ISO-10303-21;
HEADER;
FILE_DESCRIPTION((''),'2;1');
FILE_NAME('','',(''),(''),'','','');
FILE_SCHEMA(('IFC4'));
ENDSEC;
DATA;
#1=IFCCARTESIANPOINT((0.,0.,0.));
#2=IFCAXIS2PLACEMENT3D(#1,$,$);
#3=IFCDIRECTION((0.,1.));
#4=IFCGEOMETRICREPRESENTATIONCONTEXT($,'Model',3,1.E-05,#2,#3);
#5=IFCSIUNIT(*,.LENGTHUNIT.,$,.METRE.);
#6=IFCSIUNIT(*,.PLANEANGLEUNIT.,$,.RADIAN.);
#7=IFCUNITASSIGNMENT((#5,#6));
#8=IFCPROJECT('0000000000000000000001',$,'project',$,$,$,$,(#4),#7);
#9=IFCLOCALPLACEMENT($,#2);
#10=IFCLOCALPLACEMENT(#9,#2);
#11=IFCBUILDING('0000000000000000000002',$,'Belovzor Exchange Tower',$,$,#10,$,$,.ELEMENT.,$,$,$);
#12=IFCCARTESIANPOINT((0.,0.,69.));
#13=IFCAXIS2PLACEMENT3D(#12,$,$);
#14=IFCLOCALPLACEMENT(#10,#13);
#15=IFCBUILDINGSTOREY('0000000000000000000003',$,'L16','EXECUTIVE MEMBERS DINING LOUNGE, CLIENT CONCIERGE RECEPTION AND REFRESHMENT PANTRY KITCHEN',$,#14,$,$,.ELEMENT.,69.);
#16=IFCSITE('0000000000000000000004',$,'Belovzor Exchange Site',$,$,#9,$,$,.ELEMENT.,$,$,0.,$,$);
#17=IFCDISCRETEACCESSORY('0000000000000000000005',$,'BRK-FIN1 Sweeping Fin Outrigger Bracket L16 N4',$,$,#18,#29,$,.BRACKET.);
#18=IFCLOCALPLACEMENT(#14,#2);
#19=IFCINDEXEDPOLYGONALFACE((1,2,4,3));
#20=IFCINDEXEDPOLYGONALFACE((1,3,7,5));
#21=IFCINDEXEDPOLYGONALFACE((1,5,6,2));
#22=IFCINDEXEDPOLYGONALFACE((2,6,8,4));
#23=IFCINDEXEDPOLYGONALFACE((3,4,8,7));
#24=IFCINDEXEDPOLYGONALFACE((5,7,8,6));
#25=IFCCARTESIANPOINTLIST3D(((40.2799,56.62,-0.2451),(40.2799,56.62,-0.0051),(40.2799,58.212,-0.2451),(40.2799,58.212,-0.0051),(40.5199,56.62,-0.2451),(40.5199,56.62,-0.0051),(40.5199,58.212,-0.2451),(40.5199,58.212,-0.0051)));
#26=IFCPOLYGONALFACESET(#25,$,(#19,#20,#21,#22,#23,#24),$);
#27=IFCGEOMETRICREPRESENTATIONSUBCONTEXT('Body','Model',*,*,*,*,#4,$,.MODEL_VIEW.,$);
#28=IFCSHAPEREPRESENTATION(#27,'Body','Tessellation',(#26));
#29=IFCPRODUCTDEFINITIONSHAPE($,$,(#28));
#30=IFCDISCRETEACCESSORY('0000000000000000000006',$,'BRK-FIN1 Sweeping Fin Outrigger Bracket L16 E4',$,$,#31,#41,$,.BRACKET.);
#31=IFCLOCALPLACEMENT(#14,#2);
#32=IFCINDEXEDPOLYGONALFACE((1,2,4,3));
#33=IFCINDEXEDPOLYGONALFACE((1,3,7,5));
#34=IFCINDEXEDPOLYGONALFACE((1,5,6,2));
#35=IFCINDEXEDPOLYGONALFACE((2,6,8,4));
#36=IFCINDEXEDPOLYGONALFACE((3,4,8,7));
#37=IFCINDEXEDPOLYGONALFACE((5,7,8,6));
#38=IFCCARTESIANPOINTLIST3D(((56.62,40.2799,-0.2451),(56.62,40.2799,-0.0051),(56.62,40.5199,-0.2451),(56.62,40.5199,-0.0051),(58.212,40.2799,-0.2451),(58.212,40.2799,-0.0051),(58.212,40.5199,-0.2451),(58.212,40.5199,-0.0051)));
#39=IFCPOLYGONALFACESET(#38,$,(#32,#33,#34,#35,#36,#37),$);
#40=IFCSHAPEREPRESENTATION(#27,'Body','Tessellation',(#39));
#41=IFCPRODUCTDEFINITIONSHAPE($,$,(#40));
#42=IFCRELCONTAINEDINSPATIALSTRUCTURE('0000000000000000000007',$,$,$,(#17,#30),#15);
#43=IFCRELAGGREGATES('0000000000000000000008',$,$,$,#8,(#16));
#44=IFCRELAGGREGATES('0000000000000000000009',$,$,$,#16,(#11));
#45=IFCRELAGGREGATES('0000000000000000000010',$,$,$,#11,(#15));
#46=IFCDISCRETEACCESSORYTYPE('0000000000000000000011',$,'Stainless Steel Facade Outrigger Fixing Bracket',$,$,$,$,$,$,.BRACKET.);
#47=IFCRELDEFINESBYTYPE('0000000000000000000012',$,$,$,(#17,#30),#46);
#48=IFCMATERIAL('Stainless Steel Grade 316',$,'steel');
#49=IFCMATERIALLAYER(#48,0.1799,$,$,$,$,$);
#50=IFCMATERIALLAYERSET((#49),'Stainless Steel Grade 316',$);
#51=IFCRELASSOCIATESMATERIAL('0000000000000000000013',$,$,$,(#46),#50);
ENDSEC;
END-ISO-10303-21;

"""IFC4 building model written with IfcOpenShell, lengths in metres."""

from ifc_helpers import new_model, si_unit, direction, frame, origin, origin_2d, place, context, subcontext, project, spatial, rectangle, extrude, material, layer, layer_set, type_object, element, save


model = new_model("IFC4")

# Units and contexts
model_context = context("Model", 3, precision=1e-05, world=origin(), true_north=direction((0.0, 1.0)))
body_context = subcontext(model_context, "Body", "Model", "MODEL_VIEW")
ifc_project = project(units=[si_unit("LENGTHUNIT", "METRE"), si_unit("PLANEANGLEUNIT", "RADIAN")], contexts=[model_context])

# Site, building, storey
site_placement = place(None, origin())
site = spatial("IfcSite", under=ifc_project, at=site_placement, Name="Belovzor Exchange Site", CompositionType="ELEMENT", RefElevation=0.0)
building_placement = place(site_placement, origin())
building = spatial("IfcBuilding", under=site, at=building_placement, Name="Belovzor Exchange Tower", CompositionType="ELEMENT")
storey_placement = place(building_placement, frame((0.0, 0.0, 69.0)))
storey = spatial("IfcBuildingStorey", under=building, at=storey_placement, Name="L16", Description="EXECUTIVE MEMBERS DINING LOUNGE, CLIENT CONCIERGE RECEPTION AND REFRESHMENT PANTRY KITCHEN", CompositionType="ELEMENT", Elevation=69.0)

# Discrete accessories
ifc_material_1 = material(Name="Stainless Steel Grade 316", Category="steel")
ifc_layer_1 = layer(ifc_material_1, 0.1799)
ifc_layer_set_1 = layer_set([ifc_layer_1], Name="Stainless Steel Grade 316")
discrete_accessory_type = type_object("IfcDiscreteAccessoryType", Name="Stainless Steel Facade Outrigger Fixing Bracket", PredefinedType="BRACKET", material=ifc_layer_set_1)
for number, where, z_axis, x_axis, name in (
    (1, (40.3999, 57.416, -0.2451), (0.0, 0.0, 1.0), (0.0, 1.0, 0.0), "BRK-FIN1 Sweeping Fin Outrigger Bracket L16 N4"),
    (2, (57.416, 40.3999, -0.2451), (0.0, 0.0, 1.0), (1.0, 0.0, 0.0), "BRK-FIN1 Sweeping Fin Outrigger Bracket L16 E4"),
):
    element("IfcDiscreteAccessory", number, at=place(storey_placement, frame(where, z_axis=z_axis, x_axis=x_axis)), inside=storey, type_object=discrete_accessory_type, Name=name, PredefinedType="BRACKET", context=body_context, shape_type="SweptSolid", body=[
        extrude(rectangle(XDim=1.592, YDim=0.24, at=origin_2d()), origin(), (0.0, 0.0, 1.0), 0.24),
    ])

save(model, "model.ifc")
